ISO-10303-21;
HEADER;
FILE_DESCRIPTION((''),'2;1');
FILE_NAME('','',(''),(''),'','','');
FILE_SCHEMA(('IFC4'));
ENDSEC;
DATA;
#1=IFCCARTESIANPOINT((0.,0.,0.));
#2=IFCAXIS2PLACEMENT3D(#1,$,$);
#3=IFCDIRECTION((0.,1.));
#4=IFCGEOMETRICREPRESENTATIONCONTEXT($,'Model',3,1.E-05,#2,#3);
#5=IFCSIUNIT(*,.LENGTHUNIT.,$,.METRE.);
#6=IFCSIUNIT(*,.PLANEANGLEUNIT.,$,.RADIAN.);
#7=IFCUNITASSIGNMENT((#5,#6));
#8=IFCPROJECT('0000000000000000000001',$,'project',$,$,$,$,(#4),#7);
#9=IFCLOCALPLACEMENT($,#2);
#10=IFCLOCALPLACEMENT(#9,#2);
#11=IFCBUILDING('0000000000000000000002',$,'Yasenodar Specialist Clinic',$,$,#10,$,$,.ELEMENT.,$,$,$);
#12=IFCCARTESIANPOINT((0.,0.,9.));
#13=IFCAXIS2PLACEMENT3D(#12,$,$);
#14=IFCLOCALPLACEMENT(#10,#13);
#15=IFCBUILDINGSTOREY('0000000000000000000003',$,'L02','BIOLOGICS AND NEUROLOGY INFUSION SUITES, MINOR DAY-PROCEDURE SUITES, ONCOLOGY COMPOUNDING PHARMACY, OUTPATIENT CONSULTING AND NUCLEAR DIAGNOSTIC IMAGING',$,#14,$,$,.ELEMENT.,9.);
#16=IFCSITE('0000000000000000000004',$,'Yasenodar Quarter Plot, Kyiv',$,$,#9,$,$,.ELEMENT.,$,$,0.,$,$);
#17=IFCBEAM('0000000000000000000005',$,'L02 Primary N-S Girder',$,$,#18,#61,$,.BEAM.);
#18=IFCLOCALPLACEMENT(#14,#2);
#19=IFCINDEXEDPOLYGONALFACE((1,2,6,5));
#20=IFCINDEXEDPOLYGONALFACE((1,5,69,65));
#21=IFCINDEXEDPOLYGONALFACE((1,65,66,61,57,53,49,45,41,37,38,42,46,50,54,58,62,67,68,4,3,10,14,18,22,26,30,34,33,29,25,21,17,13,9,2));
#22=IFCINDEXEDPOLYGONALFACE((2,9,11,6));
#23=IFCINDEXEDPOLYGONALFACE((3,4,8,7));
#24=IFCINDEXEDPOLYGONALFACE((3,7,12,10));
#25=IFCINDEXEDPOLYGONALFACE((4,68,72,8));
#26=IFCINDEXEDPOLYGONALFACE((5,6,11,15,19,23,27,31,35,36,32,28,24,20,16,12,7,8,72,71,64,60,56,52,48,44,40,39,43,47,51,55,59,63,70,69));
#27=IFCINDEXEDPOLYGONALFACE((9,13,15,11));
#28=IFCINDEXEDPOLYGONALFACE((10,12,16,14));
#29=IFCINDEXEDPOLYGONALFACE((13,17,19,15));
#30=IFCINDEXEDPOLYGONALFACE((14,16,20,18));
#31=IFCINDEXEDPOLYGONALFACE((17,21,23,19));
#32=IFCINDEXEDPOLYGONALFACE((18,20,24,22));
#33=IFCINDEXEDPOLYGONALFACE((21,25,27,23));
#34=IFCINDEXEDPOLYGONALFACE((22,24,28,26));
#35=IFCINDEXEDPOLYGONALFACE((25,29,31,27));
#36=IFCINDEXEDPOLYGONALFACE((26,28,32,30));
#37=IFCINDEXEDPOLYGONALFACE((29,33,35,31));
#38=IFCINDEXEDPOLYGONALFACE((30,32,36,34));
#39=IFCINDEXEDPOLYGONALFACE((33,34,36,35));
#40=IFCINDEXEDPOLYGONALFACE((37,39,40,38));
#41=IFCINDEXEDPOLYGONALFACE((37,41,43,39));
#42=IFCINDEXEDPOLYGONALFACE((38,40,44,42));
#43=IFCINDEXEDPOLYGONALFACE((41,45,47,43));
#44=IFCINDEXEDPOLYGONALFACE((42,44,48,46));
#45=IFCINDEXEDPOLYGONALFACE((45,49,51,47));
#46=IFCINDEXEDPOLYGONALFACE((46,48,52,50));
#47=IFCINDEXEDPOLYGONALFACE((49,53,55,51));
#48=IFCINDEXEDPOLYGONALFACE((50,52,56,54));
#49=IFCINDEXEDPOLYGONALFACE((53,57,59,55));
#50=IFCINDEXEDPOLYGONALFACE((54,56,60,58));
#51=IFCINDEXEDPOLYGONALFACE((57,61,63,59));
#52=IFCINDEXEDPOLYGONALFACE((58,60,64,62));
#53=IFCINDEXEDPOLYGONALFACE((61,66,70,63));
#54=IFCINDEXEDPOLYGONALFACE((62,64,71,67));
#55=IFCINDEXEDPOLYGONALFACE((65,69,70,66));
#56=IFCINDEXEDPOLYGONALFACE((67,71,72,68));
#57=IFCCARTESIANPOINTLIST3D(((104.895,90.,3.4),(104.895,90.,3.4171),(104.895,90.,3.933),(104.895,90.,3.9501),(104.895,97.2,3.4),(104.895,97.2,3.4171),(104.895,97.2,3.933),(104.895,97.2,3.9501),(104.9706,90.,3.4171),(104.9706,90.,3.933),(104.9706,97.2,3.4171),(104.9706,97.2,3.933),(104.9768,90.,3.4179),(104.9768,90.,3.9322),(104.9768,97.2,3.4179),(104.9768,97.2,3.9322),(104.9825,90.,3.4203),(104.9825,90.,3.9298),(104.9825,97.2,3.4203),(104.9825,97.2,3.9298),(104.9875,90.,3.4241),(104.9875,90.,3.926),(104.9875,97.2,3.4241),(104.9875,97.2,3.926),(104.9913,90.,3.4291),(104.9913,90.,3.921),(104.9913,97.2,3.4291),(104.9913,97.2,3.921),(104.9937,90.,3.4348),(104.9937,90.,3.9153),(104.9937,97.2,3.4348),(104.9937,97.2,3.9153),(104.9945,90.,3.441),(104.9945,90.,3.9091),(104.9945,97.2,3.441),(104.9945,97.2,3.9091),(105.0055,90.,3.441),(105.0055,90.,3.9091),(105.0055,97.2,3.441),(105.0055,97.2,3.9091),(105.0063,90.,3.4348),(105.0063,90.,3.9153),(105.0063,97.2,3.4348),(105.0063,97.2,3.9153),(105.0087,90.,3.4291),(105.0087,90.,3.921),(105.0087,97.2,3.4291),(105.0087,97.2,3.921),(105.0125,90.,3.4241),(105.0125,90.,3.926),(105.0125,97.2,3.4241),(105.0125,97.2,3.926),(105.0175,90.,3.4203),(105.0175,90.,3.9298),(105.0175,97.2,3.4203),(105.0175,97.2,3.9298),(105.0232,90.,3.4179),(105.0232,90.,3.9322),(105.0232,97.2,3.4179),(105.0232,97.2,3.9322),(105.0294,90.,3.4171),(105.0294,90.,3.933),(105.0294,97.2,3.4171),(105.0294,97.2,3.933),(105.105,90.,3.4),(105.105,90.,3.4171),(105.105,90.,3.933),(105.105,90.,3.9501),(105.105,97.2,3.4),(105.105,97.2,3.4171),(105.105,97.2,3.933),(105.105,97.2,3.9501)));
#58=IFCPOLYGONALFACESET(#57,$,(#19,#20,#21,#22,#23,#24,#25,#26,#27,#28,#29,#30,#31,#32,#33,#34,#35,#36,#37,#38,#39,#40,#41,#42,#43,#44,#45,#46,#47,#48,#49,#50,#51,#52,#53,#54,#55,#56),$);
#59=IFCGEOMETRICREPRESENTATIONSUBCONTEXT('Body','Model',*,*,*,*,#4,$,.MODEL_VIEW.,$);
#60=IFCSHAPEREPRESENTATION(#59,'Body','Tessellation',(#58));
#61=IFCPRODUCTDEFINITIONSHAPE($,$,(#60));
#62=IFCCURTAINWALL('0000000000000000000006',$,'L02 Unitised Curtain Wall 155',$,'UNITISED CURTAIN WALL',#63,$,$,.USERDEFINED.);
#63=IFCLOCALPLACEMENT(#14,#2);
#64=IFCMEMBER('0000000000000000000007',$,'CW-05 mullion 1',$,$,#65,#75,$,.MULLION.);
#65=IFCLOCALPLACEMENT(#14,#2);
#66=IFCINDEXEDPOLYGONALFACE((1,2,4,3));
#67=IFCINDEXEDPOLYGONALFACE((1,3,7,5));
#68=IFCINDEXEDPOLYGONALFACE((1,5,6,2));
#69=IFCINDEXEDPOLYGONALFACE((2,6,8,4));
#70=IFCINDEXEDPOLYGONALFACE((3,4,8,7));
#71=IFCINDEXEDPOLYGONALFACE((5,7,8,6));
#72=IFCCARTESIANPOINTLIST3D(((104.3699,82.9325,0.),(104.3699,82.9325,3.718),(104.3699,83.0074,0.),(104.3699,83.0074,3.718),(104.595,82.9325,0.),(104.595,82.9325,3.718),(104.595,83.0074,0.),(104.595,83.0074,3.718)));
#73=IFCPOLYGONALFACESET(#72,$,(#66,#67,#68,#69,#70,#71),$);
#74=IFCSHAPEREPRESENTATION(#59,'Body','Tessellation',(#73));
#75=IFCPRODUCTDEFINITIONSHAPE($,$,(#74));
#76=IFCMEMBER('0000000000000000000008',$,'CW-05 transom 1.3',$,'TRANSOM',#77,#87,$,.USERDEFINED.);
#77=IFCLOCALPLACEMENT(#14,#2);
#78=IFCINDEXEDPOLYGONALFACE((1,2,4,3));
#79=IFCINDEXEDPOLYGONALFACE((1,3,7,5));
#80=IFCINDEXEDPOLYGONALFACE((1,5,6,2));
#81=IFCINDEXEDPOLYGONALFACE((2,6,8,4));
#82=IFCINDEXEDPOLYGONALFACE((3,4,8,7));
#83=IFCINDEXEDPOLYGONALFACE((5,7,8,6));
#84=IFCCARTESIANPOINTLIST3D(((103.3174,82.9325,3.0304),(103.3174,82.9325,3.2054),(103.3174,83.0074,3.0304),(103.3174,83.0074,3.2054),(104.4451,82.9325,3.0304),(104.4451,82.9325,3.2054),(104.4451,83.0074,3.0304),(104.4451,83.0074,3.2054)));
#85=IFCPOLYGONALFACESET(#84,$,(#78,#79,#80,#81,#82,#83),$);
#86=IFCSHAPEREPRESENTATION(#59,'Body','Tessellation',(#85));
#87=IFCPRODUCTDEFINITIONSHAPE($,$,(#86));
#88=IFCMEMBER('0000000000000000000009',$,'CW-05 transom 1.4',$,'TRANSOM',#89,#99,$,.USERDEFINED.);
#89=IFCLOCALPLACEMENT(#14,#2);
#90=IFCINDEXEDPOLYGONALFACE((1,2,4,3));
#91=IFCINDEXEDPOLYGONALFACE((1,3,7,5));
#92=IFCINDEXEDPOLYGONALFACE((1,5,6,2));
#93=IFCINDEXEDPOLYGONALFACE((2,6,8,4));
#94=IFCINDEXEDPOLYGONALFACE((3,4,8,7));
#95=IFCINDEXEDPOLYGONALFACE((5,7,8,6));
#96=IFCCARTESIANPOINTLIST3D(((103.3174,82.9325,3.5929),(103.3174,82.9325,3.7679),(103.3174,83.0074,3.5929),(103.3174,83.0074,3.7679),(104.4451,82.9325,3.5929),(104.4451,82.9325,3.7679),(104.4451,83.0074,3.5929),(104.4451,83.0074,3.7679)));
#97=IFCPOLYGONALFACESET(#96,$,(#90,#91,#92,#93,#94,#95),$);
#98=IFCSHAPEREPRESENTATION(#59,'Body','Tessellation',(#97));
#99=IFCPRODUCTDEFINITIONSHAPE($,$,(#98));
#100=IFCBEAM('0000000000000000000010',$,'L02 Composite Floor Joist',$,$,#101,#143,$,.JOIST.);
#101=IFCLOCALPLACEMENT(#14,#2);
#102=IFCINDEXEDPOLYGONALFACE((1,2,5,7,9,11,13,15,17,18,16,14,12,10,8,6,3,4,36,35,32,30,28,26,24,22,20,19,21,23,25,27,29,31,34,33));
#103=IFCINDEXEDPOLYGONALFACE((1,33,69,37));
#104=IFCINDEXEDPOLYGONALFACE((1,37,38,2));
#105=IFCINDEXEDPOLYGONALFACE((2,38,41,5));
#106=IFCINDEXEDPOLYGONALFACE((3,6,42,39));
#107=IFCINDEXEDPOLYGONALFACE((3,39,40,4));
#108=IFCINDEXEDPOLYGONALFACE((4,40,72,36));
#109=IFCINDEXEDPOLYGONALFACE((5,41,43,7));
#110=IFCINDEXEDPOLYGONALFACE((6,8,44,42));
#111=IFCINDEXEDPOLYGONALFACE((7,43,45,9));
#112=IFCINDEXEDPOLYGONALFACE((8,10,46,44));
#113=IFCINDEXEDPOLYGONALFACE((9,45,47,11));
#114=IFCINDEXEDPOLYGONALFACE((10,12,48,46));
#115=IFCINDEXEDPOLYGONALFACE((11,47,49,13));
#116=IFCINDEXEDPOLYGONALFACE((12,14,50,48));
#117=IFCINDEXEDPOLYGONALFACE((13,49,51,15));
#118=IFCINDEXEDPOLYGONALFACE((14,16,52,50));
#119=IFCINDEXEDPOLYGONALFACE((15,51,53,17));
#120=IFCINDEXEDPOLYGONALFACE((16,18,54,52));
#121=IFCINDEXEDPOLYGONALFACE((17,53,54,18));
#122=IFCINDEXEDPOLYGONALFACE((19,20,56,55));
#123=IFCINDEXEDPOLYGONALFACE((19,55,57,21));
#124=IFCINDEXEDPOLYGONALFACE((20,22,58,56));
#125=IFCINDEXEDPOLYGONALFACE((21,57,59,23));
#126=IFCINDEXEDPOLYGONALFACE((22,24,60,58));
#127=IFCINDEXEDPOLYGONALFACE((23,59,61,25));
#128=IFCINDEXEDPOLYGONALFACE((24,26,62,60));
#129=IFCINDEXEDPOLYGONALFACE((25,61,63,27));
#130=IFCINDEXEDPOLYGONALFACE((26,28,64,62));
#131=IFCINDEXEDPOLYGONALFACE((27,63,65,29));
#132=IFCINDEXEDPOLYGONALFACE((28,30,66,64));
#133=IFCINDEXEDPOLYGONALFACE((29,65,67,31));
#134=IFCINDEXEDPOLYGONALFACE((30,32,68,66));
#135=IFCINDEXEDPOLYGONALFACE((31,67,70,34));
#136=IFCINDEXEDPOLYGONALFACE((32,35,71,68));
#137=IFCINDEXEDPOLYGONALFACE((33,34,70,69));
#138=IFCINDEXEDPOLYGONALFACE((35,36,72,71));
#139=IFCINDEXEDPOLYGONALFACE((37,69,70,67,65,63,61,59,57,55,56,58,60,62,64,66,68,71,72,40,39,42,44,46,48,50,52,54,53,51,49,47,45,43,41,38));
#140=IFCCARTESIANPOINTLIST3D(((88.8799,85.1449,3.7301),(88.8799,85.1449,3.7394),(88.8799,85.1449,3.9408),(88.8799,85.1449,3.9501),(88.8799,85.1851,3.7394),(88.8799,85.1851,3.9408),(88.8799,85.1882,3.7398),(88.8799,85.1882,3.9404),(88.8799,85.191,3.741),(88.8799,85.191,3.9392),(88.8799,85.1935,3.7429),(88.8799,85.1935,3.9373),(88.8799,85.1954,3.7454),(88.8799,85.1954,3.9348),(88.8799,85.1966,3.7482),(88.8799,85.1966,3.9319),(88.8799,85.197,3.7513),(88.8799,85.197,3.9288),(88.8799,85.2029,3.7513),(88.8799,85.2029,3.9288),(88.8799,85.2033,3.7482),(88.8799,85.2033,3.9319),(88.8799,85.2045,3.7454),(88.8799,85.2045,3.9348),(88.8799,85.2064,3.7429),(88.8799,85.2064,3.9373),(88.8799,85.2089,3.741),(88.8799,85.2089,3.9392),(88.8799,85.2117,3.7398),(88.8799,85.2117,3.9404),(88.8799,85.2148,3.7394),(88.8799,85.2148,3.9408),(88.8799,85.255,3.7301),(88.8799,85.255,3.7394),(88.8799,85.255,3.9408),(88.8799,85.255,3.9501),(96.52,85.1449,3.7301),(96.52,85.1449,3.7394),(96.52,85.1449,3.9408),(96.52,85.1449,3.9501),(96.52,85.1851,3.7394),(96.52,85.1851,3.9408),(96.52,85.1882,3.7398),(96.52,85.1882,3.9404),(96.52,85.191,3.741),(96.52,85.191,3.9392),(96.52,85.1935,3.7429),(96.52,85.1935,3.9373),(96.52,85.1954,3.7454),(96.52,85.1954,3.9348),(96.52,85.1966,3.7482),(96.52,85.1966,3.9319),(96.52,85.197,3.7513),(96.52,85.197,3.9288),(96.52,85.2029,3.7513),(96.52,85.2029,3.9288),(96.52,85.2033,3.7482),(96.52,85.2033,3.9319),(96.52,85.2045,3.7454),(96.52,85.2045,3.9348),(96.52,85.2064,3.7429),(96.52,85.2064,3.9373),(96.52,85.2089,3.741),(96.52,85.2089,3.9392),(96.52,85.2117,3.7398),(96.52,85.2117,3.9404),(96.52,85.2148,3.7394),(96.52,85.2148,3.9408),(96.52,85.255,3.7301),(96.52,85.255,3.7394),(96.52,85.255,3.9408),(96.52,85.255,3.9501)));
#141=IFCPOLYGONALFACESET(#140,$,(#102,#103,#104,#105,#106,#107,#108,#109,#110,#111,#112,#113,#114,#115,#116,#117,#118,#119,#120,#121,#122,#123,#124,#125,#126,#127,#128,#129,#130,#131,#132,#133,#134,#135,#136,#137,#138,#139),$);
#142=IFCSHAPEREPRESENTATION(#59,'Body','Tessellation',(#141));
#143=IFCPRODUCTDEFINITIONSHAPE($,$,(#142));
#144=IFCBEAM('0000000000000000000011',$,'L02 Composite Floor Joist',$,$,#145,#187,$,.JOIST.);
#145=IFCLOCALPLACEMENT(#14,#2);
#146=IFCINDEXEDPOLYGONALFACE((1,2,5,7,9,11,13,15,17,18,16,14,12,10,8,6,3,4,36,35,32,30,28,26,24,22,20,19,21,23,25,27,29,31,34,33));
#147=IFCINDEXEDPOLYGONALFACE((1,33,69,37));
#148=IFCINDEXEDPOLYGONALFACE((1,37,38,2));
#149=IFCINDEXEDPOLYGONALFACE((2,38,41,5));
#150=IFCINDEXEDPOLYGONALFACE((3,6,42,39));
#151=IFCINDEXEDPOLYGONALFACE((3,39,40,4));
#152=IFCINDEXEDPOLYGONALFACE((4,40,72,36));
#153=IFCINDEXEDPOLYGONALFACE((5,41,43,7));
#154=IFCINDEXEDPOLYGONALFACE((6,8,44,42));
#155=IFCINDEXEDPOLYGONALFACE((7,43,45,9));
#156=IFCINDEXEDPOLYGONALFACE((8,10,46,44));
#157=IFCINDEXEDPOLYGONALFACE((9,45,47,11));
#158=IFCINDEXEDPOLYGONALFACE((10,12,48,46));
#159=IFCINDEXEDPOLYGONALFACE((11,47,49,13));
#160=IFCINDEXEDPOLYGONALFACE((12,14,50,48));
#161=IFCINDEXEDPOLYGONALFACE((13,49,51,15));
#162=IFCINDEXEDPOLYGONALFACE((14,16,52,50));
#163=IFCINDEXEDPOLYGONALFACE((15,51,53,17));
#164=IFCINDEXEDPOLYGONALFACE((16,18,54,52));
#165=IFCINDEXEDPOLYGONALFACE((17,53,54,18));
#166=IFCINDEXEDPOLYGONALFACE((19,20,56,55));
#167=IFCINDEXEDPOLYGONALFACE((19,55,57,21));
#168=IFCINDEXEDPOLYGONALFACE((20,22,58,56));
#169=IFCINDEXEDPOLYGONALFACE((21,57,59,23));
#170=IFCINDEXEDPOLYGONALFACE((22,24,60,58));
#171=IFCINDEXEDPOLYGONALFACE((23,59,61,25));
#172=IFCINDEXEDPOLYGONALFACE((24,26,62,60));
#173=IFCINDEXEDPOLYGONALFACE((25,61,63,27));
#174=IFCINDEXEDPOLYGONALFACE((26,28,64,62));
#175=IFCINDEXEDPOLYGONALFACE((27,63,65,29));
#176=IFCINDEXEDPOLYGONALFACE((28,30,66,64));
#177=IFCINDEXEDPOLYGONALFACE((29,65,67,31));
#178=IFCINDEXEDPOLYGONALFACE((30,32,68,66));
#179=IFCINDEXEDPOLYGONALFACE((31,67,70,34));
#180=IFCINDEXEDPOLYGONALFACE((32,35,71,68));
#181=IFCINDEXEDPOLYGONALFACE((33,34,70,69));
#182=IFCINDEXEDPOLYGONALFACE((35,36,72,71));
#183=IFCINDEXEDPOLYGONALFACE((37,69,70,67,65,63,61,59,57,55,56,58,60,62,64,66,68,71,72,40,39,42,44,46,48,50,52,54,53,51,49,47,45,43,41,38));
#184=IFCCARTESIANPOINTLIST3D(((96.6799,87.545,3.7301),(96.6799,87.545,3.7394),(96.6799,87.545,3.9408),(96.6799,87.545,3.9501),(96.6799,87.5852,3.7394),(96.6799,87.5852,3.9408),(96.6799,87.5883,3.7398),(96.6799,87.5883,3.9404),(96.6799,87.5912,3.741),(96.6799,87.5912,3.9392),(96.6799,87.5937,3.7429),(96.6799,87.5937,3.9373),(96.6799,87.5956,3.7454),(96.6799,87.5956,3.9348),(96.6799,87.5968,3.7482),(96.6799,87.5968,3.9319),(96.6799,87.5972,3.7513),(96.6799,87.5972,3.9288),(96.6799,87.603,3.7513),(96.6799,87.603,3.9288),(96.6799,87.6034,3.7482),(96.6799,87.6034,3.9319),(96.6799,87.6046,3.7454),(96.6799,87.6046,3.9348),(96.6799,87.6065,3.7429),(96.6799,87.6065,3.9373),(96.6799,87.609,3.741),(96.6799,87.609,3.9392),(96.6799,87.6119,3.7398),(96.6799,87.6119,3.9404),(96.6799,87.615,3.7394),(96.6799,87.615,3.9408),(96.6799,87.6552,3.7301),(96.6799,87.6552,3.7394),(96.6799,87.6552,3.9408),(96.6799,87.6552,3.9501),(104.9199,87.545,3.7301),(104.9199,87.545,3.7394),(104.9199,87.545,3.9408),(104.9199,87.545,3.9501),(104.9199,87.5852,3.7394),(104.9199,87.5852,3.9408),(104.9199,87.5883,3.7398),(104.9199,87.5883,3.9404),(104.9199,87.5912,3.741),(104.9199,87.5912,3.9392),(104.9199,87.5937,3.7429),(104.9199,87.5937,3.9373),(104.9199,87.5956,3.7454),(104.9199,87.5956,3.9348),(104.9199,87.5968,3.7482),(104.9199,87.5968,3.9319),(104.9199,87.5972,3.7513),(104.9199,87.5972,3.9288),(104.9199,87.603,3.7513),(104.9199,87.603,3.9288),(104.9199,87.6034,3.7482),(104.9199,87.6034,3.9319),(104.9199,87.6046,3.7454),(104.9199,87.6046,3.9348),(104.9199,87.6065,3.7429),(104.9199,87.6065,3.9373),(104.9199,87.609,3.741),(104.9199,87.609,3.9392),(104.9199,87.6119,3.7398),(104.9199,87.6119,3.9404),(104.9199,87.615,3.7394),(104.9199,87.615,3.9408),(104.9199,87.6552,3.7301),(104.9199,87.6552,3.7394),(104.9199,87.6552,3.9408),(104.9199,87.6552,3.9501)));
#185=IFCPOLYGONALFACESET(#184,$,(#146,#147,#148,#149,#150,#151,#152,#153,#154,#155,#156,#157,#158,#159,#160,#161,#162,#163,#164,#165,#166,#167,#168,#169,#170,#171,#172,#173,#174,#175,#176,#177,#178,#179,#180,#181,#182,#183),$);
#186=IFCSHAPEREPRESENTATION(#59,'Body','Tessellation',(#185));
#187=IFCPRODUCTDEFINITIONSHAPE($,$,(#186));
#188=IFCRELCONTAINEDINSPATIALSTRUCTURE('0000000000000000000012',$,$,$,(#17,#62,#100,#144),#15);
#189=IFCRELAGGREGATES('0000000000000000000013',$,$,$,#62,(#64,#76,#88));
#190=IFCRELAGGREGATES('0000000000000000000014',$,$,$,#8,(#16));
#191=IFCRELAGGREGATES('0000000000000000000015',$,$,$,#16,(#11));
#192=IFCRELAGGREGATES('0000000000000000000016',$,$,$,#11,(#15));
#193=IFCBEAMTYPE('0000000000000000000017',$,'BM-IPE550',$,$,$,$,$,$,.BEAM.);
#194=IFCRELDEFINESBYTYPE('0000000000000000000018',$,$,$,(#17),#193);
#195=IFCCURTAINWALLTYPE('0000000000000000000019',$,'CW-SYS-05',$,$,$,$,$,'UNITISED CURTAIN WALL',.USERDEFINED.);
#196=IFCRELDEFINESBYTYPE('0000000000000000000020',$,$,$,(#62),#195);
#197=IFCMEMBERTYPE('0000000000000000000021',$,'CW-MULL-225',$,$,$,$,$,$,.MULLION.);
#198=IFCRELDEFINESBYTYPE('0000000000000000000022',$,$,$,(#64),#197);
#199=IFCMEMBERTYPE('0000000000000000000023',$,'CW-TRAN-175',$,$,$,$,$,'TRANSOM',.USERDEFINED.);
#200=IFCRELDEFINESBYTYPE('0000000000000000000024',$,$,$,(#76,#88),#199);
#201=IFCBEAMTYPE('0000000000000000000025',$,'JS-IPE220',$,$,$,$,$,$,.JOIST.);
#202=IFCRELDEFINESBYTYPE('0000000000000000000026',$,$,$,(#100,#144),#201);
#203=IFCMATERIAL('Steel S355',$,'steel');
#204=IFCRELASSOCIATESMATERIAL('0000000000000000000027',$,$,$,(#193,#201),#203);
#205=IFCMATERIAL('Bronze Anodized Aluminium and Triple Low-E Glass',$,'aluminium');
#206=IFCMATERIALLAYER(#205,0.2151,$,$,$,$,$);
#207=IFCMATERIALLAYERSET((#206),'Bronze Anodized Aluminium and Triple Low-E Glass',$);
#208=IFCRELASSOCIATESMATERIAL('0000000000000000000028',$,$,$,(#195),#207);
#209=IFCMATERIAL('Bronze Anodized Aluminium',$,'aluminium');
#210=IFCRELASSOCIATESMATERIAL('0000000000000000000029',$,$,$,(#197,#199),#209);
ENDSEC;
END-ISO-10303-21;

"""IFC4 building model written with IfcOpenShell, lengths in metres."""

from ifc_helpers import new_model, si_unit, direction, frame, origin, origin_2d, place, context, subcontext, project, spatial, rectangle, i_section, extrude, material, layer, layer_set, material_profile, profile_set, type_object, element, aggregate, save


model = new_model("IFC4")

# Units and contexts
model_context = context("Model", 3, precision=1e-05, world=origin(), true_north=direction((0.0, 1.0)))
body_context = subcontext(model_context, "Body", "Model", "MODEL_VIEW")
ifc_project = project(units=[si_unit("LENGTHUNIT", "METRE"), si_unit("PLANEANGLEUNIT", "RADIAN")], contexts=[model_context])

# Site, building, storey
site_placement = place(None, origin())
site = spatial("IfcSite", under=ifc_project, at=site_placement, Name="Yasenodar Quarter Plot, Kyiv", CompositionType="ELEMENT", RefElevation=0.0)
building_placement = place(site_placement, origin())
building = spatial("IfcBuilding", under=site, at=building_placement, Name="Yasenodar Specialist Clinic", CompositionType="ELEMENT")
storey_placement = place(building_placement, frame((0.0, 0.0, 9.0)))
storey = spatial("IfcBuildingStorey", under=building, at=storey_placement, Name="L02", Description="BIOLOGICS AND NEUROLOGY INFUSION SUITES, MINOR DAY-PROCEDURE SUITES, ONCOLOGY COMPOUNDING PHARMACY, OUTPATIENT CONSULTING AND NUCLEAR DIAGNOSTIC IMAGING", CompositionType="ELEMENT", Elevation=9.0)

# Shared definitions
ifc_material_1 = material(Name="Steel S355", Category="steel")

# Beam
ifc_material_profile_1 = material_profile(ifc_material_1, i_section(OverallWidth=0.21, OverallDepth=0.55, WebThickness=0.011, FlangeThickness=0.0171, FilletRadius=0.0239, at=origin_2d()), Name="IPE 550")
ifc_profile_set_1 = profile_set([ifc_material_profile_1], Name="Steel S355")
beam_type_1 = type_object("IfcBeamType", Name="BM-IPE550", PredefinedType="BEAM", material=ifc_profile_set_1)
beam_1_placement = place(storey_placement, frame((105.0, 90.0, 3.675), z_axis=(0.0, 1.0, 0.0), x_axis=(-1.0, 0.0, 0.0)))
element("IfcBeam", 1, at=beam_1_placement, inside=storey, type_object=beam_type_1, Name="L02 Primary N-S Girder", PredefinedType="BEAM", context=body_context, shape_type="SweptSolid", body=[
    extrude(i_section(OverallWidth=0.21, OverallDepth=0.55, WebThickness=0.011, FlangeThickness=0.0171, FilletRadius=0.0239, at=origin_2d()), origin(), (0.0, 0.0, 1.0), 7.2),
])

# Curtain wall, members
ifc_material_2 = material(Name="Bronze Anodized Aluminium and Triple Low-E Glass", Category="aluminium")
ifc_layer_1 = layer(ifc_material_2, 0.2151)
ifc_layer_set_1 = layer_set([ifc_layer_1], Name="Bronze Anodized Aluminium and Triple Low-E Glass")
curtain_wall_type = type_object("IfcCurtainWallType", Name="CW-SYS-05", ElementType="UNITISED CURTAIN WALL", PredefinedType="USERDEFINED", material=ifc_layer_set_1)
curtain_wall_placement = place(storey_placement, origin())
curtain_wall = element("IfcCurtainWall", 2, at=curtain_wall_placement, inside=storey, type_object=curtain_wall_type, Name="L02 Unitised Curtain Wall 155", ObjectType="UNITISED CURTAIN WALL", PredefinedType="USERDEFINED")
ifc_material_3 = material(Name="Bronze Anodized Aluminium", Category="aluminium")
ifc_material_profile_2 = material_profile(ifc_material_3, rectangle(XDim=0.075, YDim=0.2251, at=origin_2d()), Name="CW-MULL 75x225")
ifc_profile_set_2 = profile_set([ifc_material_profile_2], Name="Bronze Anodized Aluminium")
member_type_1 = type_object("IfcMemberType", Name="CW-MULL-225", PredefinedType="MULLION", material=ifc_profile_set_2)
member_1_placement = place(storey_placement, frame((104.4824, 82.97, 0.0), z_axis=(0.0, 0.0, 1.0), x_axis=(0.0, -1.0, 0.0)))
member_1 = element("IfcMember", 3, at=member_1_placement, type_object=member_type_1, Name="CW-05 mullion 1", PredefinedType="MULLION", context=body_context, shape_type="SweptSolid", body=[
    extrude(rectangle(XDim=0.075, YDim=0.2251, at=origin_2d()), origin(), (0.0, 0.0, 1.0), 3.718),
])
ifc_material_profile_3 = material_profile(ifc_material_3, rectangle(XDim=0.075, YDim=0.175, at=origin_2d()), Name="CW-TRAN 75x175")
ifc_profile_set_3 = profile_set([ifc_material_profile_3], Name="Bronze Anodized Aluminium")
member_type_2 = type_object("IfcMemberType", Name="CW-TRAN-175", ElementType="TRANSOM", PredefinedType="USERDEFINED", material=ifc_profile_set_3)
member_2_placement = place(storey_placement, frame((104.4451, 82.97, 3.1179), z_axis=(-1.0, 0.0, 0.0), x_axis=(0.0, -1.0, 0.0)))
member_2 = element("IfcMember", 4, at=member_2_placement, type_object=member_type_2, Name="CW-05 transom 1.3", ObjectType="TRANSOM", PredefinedType="USERDEFINED", context=body_context, shape_type="SweptSolid", body=[
    extrude(rectangle(XDim=0.075, YDim=0.175, at=origin_2d()), origin(), (0.0, 0.0, 1.0), 1.1277),
])
member_3_placement = place(storey_placement, frame((104.4451, 82.97, 3.6804), z_axis=(-1.0, 0.0, 0.0), x_axis=(0.0, -1.0, 0.0)))
member_3 = element("IfcMember", 5, at=member_3_placement, type_object=member_type_2, Name="CW-05 transom 1.4", ObjectType="TRANSOM", PredefinedType="USERDEFINED", context=body_context, shape_type="SweptSolid", body=[
    extrude(rectangle(XDim=0.075, YDim=0.175, at=origin_2d()), origin(), (0.0, 0.0, 1.0), 1.1277),
])
aggregate(curtain_wall, [member_1, member_2, member_3])

# Beams
ifc_material_profile_4 = material_profile(ifc_material_1, i_section(OverallWidth=0.1101, OverallDepth=0.22, WebThickness=0.0059, FlangeThickness=0.0093, FilletRadius=0.012, at=origin_2d()), Name="IPE 220")
ifc_profile_set_4 = profile_set([ifc_material_profile_4], Name="Steel S355")
beam_type_2 = type_object("IfcBeamType", Name="JS-IPE220", PredefinedType="JOIST", material=ifc_profile_set_4)
beam_2_placement = place(storey_placement, frame((88.8799, 85.2, 3.8401), z_axis=(1.0, 0.0, 0.0), x_axis=(0.0, 1.0, 0.0)))
element("IfcBeam", 6, at=beam_2_placement, inside=storey, type_object=beam_type_2, Name="L02 Composite Floor Joist", PredefinedType="JOIST", context=body_context, shape_type="SweptSolid", body=[
    extrude(i_section(OverallWidth=0.1101, OverallDepth=0.22, WebThickness=0.0059, FlangeThickness=0.0093, FilletRadius=0.012, at=origin_2d()), origin(), (0.0, 0.0, 1.0), 7.6401),
])
beam_3_placement = place(storey_placement, frame((96.6799, 87.6001, 3.8401), z_axis=(1.0, 0.0, 0.0), x_axis=(0.0, 1.0, 0.0)))
element("IfcBeam", 7, at=beam_3_placement, inside=storey, type_object=beam_type_2, Name="L02 Composite Floor Joist", PredefinedType="JOIST", context=body_context, shape_type="SweptSolid", body=[
    extrude(i_section(OverallWidth=0.1101, OverallDepth=0.22, WebThickness=0.0059, FlangeThickness=0.0093, FilletRadius=0.012, at=origin_2d()), origin(), (0.0, 0.0, 1.0), 8.24),
])

save(model, "model.ifc")
